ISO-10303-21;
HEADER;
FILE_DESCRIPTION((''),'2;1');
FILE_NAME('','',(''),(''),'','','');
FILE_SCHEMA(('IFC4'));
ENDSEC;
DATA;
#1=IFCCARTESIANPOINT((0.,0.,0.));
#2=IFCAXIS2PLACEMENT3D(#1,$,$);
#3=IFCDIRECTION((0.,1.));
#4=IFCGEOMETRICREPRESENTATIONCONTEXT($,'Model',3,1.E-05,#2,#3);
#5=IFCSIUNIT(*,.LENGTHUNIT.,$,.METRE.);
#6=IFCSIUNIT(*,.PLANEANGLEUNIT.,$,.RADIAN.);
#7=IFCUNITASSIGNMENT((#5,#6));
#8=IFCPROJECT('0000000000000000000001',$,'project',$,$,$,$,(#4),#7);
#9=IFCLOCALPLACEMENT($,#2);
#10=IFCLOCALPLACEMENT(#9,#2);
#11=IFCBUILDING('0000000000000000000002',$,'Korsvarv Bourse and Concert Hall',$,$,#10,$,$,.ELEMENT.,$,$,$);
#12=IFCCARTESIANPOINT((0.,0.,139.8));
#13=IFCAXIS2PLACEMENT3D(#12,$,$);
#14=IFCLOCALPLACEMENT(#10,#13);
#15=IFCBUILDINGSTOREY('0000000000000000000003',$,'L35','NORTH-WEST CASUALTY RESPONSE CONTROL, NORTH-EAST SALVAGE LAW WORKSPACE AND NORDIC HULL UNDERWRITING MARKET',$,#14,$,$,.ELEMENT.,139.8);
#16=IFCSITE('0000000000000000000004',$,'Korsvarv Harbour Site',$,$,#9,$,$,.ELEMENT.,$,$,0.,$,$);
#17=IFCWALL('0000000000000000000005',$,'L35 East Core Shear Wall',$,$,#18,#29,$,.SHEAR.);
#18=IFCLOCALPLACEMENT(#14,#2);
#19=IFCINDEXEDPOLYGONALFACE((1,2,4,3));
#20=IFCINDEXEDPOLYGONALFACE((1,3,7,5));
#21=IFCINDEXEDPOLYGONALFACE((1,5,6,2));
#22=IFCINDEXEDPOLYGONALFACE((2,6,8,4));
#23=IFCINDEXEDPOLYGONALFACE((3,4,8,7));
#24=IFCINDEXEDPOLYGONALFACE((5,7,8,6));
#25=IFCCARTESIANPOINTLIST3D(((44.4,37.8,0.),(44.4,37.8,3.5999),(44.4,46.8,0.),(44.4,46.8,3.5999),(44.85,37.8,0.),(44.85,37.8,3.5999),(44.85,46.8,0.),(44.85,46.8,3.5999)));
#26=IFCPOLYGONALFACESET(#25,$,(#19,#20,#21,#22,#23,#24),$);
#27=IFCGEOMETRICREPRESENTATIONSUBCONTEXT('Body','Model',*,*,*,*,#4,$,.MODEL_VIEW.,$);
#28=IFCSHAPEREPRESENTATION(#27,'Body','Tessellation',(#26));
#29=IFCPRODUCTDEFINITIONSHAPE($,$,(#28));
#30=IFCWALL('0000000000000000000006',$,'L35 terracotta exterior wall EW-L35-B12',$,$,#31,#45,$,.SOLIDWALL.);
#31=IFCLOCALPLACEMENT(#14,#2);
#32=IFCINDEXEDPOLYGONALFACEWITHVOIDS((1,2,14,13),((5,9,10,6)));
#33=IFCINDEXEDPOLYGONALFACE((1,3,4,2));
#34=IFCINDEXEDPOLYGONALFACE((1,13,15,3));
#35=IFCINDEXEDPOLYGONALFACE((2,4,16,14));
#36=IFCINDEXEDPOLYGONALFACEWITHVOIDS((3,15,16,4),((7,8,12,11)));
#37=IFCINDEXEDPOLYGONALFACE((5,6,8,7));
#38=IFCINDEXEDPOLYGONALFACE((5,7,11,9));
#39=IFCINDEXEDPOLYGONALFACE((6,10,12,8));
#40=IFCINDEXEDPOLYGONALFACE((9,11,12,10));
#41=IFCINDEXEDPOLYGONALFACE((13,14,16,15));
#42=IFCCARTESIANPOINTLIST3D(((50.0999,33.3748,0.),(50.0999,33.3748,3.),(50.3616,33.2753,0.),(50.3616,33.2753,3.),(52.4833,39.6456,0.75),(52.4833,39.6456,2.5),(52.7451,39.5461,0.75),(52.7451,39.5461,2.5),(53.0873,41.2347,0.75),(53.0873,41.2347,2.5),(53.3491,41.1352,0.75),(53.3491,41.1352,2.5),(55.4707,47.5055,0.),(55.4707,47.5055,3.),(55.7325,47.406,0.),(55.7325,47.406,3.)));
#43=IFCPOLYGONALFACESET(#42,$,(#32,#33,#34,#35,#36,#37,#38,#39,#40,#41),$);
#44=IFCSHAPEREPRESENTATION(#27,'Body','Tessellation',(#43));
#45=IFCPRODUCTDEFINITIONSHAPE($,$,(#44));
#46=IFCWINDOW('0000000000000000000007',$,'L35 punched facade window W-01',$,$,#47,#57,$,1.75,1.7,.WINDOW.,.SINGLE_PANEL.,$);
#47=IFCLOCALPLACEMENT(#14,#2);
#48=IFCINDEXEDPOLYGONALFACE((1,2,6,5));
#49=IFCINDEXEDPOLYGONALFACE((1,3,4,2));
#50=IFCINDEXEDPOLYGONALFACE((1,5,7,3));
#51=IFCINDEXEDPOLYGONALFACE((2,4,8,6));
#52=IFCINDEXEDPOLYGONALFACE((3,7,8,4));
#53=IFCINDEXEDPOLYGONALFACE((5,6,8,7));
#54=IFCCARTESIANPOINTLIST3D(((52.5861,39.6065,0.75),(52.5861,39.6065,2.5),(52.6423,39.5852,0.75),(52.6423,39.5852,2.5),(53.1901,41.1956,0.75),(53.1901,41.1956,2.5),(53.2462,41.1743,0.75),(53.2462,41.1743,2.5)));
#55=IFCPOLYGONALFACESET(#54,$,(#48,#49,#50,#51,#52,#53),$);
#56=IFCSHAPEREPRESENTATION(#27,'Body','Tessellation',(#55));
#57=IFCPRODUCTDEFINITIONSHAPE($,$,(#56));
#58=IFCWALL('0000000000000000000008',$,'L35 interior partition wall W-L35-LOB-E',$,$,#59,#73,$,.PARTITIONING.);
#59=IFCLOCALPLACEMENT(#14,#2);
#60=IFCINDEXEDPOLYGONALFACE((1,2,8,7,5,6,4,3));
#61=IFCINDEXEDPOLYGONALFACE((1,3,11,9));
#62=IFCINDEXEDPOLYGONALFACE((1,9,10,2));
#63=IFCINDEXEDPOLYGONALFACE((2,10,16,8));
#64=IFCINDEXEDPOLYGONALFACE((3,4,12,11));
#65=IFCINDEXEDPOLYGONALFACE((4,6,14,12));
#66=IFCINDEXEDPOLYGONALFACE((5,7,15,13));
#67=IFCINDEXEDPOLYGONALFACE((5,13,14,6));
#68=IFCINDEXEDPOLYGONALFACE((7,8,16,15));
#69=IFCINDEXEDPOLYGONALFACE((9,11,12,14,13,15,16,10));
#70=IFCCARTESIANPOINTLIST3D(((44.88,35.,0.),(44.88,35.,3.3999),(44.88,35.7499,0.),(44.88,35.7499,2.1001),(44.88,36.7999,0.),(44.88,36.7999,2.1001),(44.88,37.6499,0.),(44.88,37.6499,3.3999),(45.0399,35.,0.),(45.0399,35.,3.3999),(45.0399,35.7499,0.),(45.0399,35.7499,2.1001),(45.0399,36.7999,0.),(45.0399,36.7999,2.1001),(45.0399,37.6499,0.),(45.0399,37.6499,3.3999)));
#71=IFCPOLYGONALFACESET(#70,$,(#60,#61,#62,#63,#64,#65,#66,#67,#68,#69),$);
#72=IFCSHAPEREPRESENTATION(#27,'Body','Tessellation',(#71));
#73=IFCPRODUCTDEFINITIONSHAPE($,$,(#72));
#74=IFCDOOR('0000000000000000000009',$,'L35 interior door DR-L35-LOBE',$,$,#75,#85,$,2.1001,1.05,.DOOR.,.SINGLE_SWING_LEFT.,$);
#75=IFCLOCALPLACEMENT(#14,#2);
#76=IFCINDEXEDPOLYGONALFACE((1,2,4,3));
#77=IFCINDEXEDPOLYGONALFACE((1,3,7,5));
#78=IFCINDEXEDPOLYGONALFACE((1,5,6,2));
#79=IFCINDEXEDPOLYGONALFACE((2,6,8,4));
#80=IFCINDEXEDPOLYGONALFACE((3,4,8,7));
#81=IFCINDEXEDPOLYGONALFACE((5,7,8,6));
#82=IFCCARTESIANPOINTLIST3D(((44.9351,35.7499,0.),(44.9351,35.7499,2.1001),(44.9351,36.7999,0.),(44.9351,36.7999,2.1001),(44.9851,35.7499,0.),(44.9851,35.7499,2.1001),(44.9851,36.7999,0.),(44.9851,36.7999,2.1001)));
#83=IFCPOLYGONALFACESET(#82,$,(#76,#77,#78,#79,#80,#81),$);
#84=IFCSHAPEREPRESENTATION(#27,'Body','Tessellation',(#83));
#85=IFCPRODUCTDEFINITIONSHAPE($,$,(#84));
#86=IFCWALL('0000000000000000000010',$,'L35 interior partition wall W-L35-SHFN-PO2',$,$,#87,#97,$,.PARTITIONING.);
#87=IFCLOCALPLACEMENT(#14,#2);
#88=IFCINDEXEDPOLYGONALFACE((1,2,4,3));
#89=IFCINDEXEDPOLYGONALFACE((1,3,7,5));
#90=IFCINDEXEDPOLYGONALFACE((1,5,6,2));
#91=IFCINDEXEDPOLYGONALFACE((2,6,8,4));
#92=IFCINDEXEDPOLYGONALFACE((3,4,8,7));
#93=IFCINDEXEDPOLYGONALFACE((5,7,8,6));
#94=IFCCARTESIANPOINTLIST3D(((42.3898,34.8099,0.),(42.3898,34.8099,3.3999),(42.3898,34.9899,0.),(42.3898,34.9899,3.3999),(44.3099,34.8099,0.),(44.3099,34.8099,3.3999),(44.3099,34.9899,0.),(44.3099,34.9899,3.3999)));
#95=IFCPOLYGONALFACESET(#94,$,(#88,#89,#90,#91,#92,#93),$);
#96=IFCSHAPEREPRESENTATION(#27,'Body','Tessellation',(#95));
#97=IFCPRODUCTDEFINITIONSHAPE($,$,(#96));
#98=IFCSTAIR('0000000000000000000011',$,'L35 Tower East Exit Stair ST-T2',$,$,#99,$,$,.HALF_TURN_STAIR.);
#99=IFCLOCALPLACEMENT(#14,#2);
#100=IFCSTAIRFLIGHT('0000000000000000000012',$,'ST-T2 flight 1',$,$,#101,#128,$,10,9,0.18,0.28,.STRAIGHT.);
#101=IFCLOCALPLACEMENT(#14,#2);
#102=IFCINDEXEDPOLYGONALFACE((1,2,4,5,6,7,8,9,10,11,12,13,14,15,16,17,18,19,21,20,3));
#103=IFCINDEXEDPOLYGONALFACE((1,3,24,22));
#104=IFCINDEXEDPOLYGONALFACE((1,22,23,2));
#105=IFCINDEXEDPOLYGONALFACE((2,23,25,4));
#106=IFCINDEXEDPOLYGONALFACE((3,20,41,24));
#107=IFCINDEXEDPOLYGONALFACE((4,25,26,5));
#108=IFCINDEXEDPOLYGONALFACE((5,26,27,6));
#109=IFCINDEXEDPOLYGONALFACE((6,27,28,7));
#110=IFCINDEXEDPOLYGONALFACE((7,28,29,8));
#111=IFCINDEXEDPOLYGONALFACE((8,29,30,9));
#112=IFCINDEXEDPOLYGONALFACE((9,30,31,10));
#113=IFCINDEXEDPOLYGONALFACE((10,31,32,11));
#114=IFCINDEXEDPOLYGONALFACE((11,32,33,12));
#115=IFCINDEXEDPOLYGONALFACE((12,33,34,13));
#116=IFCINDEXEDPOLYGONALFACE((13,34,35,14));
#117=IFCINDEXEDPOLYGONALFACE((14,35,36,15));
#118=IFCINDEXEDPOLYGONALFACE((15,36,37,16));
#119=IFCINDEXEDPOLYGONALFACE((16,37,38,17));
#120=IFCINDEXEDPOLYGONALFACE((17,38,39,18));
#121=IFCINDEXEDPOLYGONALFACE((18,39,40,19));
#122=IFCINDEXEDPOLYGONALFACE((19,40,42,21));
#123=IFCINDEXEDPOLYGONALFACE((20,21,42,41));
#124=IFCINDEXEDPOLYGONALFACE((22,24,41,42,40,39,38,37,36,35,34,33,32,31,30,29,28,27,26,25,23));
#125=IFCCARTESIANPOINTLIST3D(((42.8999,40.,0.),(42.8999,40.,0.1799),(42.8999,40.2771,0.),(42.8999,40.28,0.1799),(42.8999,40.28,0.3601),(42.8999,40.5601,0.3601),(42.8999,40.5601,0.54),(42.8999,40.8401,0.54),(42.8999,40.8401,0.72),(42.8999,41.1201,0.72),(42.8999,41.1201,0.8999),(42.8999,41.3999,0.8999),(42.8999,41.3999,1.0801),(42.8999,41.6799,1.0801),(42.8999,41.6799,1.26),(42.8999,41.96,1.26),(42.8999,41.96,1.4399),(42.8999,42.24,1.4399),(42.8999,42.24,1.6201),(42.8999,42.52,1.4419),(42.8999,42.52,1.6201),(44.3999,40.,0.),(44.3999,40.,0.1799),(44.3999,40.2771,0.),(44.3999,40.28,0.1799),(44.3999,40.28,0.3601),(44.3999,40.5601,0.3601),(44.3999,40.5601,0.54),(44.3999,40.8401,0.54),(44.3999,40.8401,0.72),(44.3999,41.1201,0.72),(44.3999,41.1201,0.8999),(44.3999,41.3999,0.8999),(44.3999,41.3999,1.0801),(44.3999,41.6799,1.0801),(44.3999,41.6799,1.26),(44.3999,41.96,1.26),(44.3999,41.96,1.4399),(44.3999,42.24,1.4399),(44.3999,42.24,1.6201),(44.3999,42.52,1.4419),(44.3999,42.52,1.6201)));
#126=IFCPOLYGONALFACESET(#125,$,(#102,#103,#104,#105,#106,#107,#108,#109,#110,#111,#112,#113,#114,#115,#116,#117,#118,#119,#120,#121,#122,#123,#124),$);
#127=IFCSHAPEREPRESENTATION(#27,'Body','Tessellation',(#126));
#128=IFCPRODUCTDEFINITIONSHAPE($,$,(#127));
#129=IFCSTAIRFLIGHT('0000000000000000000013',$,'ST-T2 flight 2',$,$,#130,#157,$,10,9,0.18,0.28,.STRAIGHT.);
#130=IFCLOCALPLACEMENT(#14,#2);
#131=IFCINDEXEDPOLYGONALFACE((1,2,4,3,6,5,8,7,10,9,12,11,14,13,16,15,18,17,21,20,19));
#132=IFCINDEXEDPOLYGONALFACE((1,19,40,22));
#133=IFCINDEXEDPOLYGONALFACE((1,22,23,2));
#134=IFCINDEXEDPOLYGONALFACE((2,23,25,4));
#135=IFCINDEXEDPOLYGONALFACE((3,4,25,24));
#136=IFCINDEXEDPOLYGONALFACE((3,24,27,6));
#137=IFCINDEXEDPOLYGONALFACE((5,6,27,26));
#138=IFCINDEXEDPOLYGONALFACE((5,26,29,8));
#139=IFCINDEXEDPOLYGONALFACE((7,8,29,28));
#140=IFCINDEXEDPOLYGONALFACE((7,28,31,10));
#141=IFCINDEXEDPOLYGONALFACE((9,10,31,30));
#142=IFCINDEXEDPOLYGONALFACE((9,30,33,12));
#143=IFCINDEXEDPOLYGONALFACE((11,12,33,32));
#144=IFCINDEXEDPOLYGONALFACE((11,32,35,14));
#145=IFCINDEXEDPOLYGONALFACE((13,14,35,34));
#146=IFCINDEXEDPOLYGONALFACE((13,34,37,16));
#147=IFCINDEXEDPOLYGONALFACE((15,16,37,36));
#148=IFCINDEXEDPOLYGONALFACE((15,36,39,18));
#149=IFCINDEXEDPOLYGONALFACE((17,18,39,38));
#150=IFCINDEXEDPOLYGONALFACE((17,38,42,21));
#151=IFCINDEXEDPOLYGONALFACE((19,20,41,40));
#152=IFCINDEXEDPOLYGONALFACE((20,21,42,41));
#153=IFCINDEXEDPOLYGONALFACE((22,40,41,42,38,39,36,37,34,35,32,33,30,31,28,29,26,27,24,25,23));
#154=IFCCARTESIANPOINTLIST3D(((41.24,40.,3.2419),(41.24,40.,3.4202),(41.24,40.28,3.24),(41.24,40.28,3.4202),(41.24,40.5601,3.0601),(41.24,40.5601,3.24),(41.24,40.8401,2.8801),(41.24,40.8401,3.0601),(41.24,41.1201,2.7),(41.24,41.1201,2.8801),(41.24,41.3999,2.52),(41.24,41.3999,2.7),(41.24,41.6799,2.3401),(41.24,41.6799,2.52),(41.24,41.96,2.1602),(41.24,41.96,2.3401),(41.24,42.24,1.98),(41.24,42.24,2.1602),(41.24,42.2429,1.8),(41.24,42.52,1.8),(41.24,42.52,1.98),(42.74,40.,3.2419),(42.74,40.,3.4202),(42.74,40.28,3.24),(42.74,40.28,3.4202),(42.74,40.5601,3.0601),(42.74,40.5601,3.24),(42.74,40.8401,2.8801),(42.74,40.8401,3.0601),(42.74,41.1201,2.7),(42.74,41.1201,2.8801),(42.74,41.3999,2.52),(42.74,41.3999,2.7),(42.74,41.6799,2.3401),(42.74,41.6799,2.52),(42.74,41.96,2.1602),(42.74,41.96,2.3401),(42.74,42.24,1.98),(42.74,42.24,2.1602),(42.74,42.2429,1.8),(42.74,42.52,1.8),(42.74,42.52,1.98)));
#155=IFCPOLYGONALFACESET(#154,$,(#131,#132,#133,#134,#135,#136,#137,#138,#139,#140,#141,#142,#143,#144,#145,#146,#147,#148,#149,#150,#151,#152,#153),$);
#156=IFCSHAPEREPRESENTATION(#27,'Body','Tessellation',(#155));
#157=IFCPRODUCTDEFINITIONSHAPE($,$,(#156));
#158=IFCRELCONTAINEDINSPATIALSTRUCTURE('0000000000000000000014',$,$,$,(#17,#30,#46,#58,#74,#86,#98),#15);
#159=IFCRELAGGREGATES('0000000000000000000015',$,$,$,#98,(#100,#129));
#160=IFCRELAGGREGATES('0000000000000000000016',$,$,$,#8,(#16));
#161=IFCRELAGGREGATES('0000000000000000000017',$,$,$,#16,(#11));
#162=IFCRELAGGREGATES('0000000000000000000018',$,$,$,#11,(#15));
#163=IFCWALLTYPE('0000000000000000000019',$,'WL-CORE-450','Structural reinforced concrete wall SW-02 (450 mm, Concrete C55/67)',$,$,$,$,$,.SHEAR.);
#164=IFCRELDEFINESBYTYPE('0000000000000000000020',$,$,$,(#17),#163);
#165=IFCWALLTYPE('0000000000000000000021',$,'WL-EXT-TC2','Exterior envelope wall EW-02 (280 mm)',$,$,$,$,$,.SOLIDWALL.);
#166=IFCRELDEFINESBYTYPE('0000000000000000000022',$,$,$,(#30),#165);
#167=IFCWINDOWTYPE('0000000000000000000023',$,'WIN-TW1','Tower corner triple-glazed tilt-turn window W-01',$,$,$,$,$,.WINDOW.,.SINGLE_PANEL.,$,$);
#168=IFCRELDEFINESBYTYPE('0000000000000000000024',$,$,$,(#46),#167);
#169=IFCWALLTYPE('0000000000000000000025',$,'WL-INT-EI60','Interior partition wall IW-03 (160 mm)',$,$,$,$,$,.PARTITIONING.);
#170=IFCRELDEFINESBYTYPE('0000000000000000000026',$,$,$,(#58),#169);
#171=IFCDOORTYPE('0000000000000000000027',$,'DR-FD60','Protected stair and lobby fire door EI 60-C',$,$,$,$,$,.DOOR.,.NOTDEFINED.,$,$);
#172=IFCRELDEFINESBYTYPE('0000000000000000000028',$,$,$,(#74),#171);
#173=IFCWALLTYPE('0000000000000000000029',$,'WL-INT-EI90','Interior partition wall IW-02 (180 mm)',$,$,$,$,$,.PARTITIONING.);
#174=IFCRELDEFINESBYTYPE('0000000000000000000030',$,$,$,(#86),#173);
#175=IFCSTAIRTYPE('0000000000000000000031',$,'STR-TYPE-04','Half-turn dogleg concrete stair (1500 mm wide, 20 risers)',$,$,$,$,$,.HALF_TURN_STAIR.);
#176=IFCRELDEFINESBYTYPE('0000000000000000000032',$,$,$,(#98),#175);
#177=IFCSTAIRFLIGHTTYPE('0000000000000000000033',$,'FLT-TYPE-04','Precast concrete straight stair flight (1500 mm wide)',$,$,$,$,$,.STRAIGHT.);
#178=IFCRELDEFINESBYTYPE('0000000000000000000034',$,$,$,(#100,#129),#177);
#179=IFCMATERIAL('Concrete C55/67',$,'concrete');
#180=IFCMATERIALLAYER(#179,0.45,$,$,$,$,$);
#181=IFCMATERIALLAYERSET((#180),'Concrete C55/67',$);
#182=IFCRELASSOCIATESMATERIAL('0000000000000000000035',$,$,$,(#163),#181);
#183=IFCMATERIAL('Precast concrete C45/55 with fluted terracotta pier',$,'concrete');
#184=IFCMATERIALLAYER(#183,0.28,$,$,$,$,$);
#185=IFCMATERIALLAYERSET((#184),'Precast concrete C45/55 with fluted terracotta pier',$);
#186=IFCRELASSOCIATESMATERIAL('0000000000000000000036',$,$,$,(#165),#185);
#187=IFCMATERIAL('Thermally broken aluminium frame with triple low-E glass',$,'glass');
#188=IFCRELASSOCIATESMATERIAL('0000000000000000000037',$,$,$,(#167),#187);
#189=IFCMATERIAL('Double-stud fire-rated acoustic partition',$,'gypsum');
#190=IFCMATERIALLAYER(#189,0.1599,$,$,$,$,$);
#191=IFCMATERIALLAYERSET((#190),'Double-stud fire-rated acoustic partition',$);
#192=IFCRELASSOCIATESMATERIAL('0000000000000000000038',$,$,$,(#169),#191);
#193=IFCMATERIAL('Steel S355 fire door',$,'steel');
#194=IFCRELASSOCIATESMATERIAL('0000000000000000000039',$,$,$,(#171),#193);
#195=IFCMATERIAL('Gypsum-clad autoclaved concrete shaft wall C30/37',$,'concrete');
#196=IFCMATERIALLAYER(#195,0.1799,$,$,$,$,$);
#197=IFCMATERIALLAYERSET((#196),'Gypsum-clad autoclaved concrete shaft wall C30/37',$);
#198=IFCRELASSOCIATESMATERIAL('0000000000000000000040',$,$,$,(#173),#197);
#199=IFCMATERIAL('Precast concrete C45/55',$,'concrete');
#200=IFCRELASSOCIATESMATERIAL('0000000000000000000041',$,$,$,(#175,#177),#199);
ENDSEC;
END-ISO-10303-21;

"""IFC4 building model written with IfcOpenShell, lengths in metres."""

from ifc_helpers import new_model, si_unit, direction, frame, frame_2d, origin, place, context, subcontext, project, spatial, polyline, rectangle, outline, extrude, material, layer, layer_set, type_object, element, fill, aggregate, save


model = new_model("IFC4")

# Units and contexts
model_context = context("Model", 3, precision=1e-05, world=origin(), true_north=direction((0.0, 1.0)))
body_context = subcontext(model_context, "Body", "Model", "MODEL_VIEW")
ifc_project = project(units=[si_unit("LENGTHUNIT", "METRE"), si_unit("PLANEANGLEUNIT", "RADIAN")], contexts=[model_context])

# Site, building, storey
site_placement = place(None, origin())
site = spatial("IfcSite", under=ifc_project, at=site_placement, Name="Korsvarv Harbour Site", CompositionType="ELEMENT", RefElevation=0.0)
building_placement = place(site_placement, origin())
building = spatial("IfcBuilding", under=site, at=building_placement, Name="Korsvarv Bourse and Concert Hall", CompositionType="ELEMENT")
storey_placement = place(building_placement, frame((0.0, 0.0, 139.8)))
storey = spatial("IfcBuildingStorey", under=building, at=storey_placement, Name="L35", Description="NORTH-WEST CASUALTY RESPONSE CONTROL, NORTH-EAST SALVAGE LAW WORKSPACE AND NORDIC HULL UNDERWRITING MARKET", CompositionType="ELEMENT", Elevation=139.8)

# Wall
ifc_material_1 = material(Name="Concrete C55/67", Category="concrete")
ifc_layer_1 = layer(ifc_material_1, 0.45)
ifc_layer_set_1 = layer_set([ifc_layer_1], Name="Concrete C55/67")
wall_type_1 = type_object("IfcWallType", Name="WL-CORE-450", Description="Structural reinforced concrete wall SW-02 (450 mm, Concrete C55/67)", PredefinedType="SHEAR", material=ifc_layer_set_1)
wall_1_placement = place(storey_placement, frame((44.625, 37.8, 0.0), z_axis=(0.0, 0.0, 1.0), x_axis=(0.0, 1.0, 0.0)))
element("IfcWall", 1, at=wall_1_placement, inside=storey, type_object=wall_type_1, Name="L35 East Core Shear Wall", PredefinedType="SHEAR", context=body_context, shape_type="SweptSolid", body=[
    extrude(rectangle(XDim=9.0, YDim=0.45, at=frame_2d((4.5, 0.0))), origin(), (0.0, 0.0, 1.0), 3.5999),
])

# Wall, opening, window
ifc_material_2 = material(Name="Precast concrete C45/55 with fluted terracotta pier", Category="concrete")
ifc_layer_2 = layer(ifc_material_2, 0.28)
ifc_layer_set_2 = layer_set([ifc_layer_2], Name="Precast concrete C45/55 with fluted terracotta pier")
wall_type_2 = type_object("IfcWallType", Name="WL-EXT-TC2", Description="Exterior envelope wall EW-02 (280 mm)", PredefinedType="SOLIDWALL", material=ifc_layer_set_2)
wall_2_placement = place(storey_placement, frame((50.2307, 33.325, 0.0), z_axis=(0.0, 0.0, 1.0), x_axis=(0.355288, 0.934757, 0.0)))
wall_2 = element("IfcWall", 2, at=wall_2_placement, inside=storey, type_object=wall_type_2, Name="L35 terracotta exterior wall EW-L35-B12", PredefinedType="SOLIDWALL", context=body_context, shape_type="SweptSolid", body=[
    extrude(rectangle(XDim=15.1169, YDim=0.28, at=frame_2d((7.5586, 0.0))), origin(), (0.0, 0.0, 1.0), 3.0),
])
opening_1_placement = place(wall_2_placement, frame((6.7085, 0.0, 0.75)))
opening_1 = element("IfcOpeningElement", 3, at=opening_1_placement, cuts=wall_2, PredefinedType="OPENING", context=body_context, shape_type="SweptSolid", body=[
    extrude(rectangle(XDim=1.7, YDim=1.75, at=frame_2d((0.8501, 0.875))), frame((0.0, 0.1499, 0.0), z_axis=(0.0, -1.0, 0.0), x_axis=(1.0, 0.0, 0.0)), (0.0, 0.0, 1.0), 0.3),
])
ifc_material_3 = material(Name="Thermally broken aluminium frame with triple low-E glass", Category="glass")
window_type = type_object("IfcWindowType", Name="WIN-TW1", Description="Tower corner triple-glazed tilt-turn window W-01", PartitioningType="SINGLE_PANEL", PredefinedType="WINDOW", material=ifc_material_3)
window_placement = place(opening_1_placement, origin())
window = element("IfcWindow", 4, at=window_placement, inside=storey, type_object=window_type, Name="L35 punched facade window W-01", OverallHeight=1.75, OverallWidth=1.7, PartitioningType="SINGLE_PANEL", PredefinedType="WINDOW", context=body_context, shape_type="SweptSolid", body=[
    extrude(rectangle(XDim=1.7, YDim=1.75, at=frame_2d((0.8501, 0.875))), frame((0.0, 0.03, 0.0), z_axis=(0.0, -1.0, 0.0), x_axis=(1.0, 0.0, 0.0)), (0.0, 0.0, 1.0), 0.0601),
])
fill(opening_1, window)

# Wall, opening, door
ifc_material_4 = material(Name="Double-stud fire-rated acoustic partition", Category="gypsum")
ifc_layer_3 = layer(ifc_material_4, 0.1599)
ifc_layer_set_3 = layer_set([ifc_layer_3], Name="Double-stud fire-rated acoustic partition")
wall_type_3 = type_object("IfcWallType", Name="WL-INT-EI60", Description="Interior partition wall IW-03 (160 mm)", PredefinedType="PARTITIONING", material=ifc_layer_set_3)
wall_3_placement = place(storey_placement, frame((44.96, 35.0, 0.0), z_axis=(0.0, 0.0, 1.0), x_axis=(0.0, 1.0, 0.0)))
wall_3 = element("IfcWall", 5, at=wall_3_placement, inside=storey, type_object=wall_type_3, Name="L35 interior partition wall W-L35-LOB-E", PredefinedType="PARTITIONING", context=body_context, shape_type="SweptSolid", body=[
    extrude(rectangle(XDim=2.6499, YDim=0.1599, at=frame_2d((1.325, 0.0))), origin(), (0.0, 0.0, 1.0), 3.3999),
])
opening_2_placement = place(wall_3_placement, frame((0.75, 0.0, 0.0)))
opening_2 = element("IfcOpeningElement", 6, at=opening_2_placement, cuts=wall_3, PredefinedType="OPENING", context=body_context, shape_type="SweptSolid", body=[
    extrude(rectangle(XDim=1.05, YDim=2.1001, at=frame_2d((0.5249, 1.05))), frame((0.0, 0.0898, 0.0), z_axis=(0.0, -1.0, 0.0), x_axis=(1.0, 0.0, 0.0)), (0.0, 0.0, 1.0), 0.1799),
])
ifc_material_5 = material(Name="Steel S355 fire door", Category="steel")
door_type = type_object("IfcDoorType", Name="DR-FD60", Description="Protected stair and lobby fire door EI 60-C", OperationType="NOTDEFINED", PredefinedType="DOOR", material=ifc_material_5)
door_placement = place(opening_2_placement, origin())
door = element("IfcDoor", 7, at=door_placement, inside=storey, type_object=door_type, Name="L35 interior door DR-L35-LOBE", OperationType="SINGLE_SWING_LEFT", OverallHeight=2.1001, OverallWidth=1.05, PredefinedType="DOOR", context=body_context, shape_type="SweptSolid", body=[
    extrude(rectangle(XDim=1.05, YDim=2.1001, at=frame_2d((0.5249, 1.05))), frame((0.0, 0.0249, 0.0), z_axis=(0.0, -1.0, 0.0), x_axis=(1.0, 0.0, 0.0)), (0.0, 0.0, 1.0), 0.05),
])
fill(opening_2, door)

# Wall
ifc_material_6 = material(Name="Gypsum-clad autoclaved concrete shaft wall C30/37", Category="concrete")
ifc_layer_4 = layer(ifc_material_6, 0.1799)
ifc_layer_set_4 = layer_set([ifc_layer_4], Name="Gypsum-clad autoclaved concrete shaft wall C30/37")
wall_type_4 = type_object("IfcWallType", Name="WL-INT-EI90", Description="Interior partition wall IW-02 (180 mm)", PredefinedType="PARTITIONING", material=ifc_layer_set_4)
wall_4_placement = place(storey_placement, frame((42.3899, 34.8999, 0.0), z_axis=(0.0, 0.0, 1.0), x_axis=(1.0, 0.0, 0.0)))
element("IfcWall", 8, at=wall_4_placement, inside=storey, type_object=wall_type_4, Name="L35 interior partition wall W-L35-SHFN-PO2", PredefinedType="PARTITIONING", context=body_context, shape_type="SweptSolid", body=[
    extrude(rectangle(XDim=1.9202, YDim=0.1799, at=frame_2d((0.96, 0.0))), origin(), (0.0, 0.0, 1.0), 3.3999),
])

# Stair, stair flights
ifc_material_7 = material(Name="Precast concrete C45/55", Category="concrete")
stair_type = type_object("IfcStairType", Name="STR-TYPE-04", Description="Half-turn dogleg concrete stair (1500 mm wide, 20 risers)", PredefinedType="HALF_TURN_STAIR", material=ifc_material_7)
stair_placement = place(storey_placement, origin())
stair = element("IfcStair", 9, at=stair_placement, inside=storey, type_object=stair_type, Name="L35 Tower East Exit Stair ST-T2", PredefinedType="HALF_TURN_STAIR")
stair_flight_type = type_object("IfcStairFlightType", Name="FLT-TYPE-04", Description="Precast concrete straight stair flight (1500 mm wide)", PredefinedType="STRAIGHT", material=ifc_material_7)
stair_flight_1_placement = place(storey_placement, frame((43.6499, 40.0, 0.0), z_axis=(0.0, 0.0, 1.0), x_axis=(0.0, 1.0, 0.0)))
stair_flight_1 = element("IfcStairFlight", 10, at=stair_flight_1_placement, type_object=stair_flight_type, Name="ST-T2 flight 1", NumberOfRisers=10, NumberOfTreads=9, PredefinedType="STRAIGHT", RiserHeight=0.18, TreadLength=0.28, context=body_context, shape_type="SweptSolid", body=[
    extrude(outline(polyline([(0.0, 0.0), (0.0, 0.1799), (0.28, 0.1799), (0.28, 0.3601), (0.5601, 0.3601), (0.5601, 0.54), (0.8401, 0.54), (0.8401, 0.72), (1.1201, 0.72), (1.1201, 0.8999), (1.3999, 0.8999), (1.3999, 1.0801), (1.6799, 1.0801), (1.6799, 1.26), (1.96, 1.26), (1.96, 1.4399), (2.24, 1.4399), (2.24, 1.6201), (2.52, 1.6201), (2.52, 1.8), (2.52, 1.4419), (0.2771, 0.0), (0.0, 0.0)])), frame((0.0, 0.75, 0.0), z_axis=(0.0, -1.0, 0.0), x_axis=(1.0, 0.0, 0.0)), (0.0, 0.0, 1.0), 1.5),
])
stair_flight_2_placement = place(storey_placement, frame((41.99, 42.52, 1.8), z_axis=(0.0, 0.0, 1.0), x_axis=(0.0, -1.0, 0.0)))
stair_flight_2 = element("IfcStairFlight", 11, at=stair_flight_2_placement, type_object=stair_flight_type, Name="ST-T2 flight 2", NumberOfRisers=10, NumberOfTreads=9, PredefinedType="STRAIGHT", RiserHeight=0.18, TreadLength=0.28, context=body_context, shape_type="SweptSolid", body=[
    extrude(outline(polyline([(0.0, 0.0), (0.0, 0.1799), (0.28, 0.1799), (0.28, 0.3601), (0.5601, 0.3601), (0.5601, 0.54), (0.8401, 0.54), (0.8401, 0.72), (1.1201, 0.72), (1.1201, 0.8999), (1.3999, 0.8999), (1.3999, 1.0801), (1.6799, 1.0801), (1.6799, 1.26), (1.96, 1.26), (1.96, 1.4399), (2.24, 1.4399), (2.24, 1.6201), (2.52, 1.6201), (2.52, 1.8), (2.52, 1.4419), (0.2771, 0.0), (0.0, 0.0)])), frame((0.0, 0.75, 0.0), z_axis=(0.0, -1.0, 0.0), x_axis=(1.0, 0.0, 0.0)), (0.0, 0.0, 1.0), 1.5),
])
aggregate(stair, [stair_flight_1, stair_flight_2])

save(model, "model.ifc")
